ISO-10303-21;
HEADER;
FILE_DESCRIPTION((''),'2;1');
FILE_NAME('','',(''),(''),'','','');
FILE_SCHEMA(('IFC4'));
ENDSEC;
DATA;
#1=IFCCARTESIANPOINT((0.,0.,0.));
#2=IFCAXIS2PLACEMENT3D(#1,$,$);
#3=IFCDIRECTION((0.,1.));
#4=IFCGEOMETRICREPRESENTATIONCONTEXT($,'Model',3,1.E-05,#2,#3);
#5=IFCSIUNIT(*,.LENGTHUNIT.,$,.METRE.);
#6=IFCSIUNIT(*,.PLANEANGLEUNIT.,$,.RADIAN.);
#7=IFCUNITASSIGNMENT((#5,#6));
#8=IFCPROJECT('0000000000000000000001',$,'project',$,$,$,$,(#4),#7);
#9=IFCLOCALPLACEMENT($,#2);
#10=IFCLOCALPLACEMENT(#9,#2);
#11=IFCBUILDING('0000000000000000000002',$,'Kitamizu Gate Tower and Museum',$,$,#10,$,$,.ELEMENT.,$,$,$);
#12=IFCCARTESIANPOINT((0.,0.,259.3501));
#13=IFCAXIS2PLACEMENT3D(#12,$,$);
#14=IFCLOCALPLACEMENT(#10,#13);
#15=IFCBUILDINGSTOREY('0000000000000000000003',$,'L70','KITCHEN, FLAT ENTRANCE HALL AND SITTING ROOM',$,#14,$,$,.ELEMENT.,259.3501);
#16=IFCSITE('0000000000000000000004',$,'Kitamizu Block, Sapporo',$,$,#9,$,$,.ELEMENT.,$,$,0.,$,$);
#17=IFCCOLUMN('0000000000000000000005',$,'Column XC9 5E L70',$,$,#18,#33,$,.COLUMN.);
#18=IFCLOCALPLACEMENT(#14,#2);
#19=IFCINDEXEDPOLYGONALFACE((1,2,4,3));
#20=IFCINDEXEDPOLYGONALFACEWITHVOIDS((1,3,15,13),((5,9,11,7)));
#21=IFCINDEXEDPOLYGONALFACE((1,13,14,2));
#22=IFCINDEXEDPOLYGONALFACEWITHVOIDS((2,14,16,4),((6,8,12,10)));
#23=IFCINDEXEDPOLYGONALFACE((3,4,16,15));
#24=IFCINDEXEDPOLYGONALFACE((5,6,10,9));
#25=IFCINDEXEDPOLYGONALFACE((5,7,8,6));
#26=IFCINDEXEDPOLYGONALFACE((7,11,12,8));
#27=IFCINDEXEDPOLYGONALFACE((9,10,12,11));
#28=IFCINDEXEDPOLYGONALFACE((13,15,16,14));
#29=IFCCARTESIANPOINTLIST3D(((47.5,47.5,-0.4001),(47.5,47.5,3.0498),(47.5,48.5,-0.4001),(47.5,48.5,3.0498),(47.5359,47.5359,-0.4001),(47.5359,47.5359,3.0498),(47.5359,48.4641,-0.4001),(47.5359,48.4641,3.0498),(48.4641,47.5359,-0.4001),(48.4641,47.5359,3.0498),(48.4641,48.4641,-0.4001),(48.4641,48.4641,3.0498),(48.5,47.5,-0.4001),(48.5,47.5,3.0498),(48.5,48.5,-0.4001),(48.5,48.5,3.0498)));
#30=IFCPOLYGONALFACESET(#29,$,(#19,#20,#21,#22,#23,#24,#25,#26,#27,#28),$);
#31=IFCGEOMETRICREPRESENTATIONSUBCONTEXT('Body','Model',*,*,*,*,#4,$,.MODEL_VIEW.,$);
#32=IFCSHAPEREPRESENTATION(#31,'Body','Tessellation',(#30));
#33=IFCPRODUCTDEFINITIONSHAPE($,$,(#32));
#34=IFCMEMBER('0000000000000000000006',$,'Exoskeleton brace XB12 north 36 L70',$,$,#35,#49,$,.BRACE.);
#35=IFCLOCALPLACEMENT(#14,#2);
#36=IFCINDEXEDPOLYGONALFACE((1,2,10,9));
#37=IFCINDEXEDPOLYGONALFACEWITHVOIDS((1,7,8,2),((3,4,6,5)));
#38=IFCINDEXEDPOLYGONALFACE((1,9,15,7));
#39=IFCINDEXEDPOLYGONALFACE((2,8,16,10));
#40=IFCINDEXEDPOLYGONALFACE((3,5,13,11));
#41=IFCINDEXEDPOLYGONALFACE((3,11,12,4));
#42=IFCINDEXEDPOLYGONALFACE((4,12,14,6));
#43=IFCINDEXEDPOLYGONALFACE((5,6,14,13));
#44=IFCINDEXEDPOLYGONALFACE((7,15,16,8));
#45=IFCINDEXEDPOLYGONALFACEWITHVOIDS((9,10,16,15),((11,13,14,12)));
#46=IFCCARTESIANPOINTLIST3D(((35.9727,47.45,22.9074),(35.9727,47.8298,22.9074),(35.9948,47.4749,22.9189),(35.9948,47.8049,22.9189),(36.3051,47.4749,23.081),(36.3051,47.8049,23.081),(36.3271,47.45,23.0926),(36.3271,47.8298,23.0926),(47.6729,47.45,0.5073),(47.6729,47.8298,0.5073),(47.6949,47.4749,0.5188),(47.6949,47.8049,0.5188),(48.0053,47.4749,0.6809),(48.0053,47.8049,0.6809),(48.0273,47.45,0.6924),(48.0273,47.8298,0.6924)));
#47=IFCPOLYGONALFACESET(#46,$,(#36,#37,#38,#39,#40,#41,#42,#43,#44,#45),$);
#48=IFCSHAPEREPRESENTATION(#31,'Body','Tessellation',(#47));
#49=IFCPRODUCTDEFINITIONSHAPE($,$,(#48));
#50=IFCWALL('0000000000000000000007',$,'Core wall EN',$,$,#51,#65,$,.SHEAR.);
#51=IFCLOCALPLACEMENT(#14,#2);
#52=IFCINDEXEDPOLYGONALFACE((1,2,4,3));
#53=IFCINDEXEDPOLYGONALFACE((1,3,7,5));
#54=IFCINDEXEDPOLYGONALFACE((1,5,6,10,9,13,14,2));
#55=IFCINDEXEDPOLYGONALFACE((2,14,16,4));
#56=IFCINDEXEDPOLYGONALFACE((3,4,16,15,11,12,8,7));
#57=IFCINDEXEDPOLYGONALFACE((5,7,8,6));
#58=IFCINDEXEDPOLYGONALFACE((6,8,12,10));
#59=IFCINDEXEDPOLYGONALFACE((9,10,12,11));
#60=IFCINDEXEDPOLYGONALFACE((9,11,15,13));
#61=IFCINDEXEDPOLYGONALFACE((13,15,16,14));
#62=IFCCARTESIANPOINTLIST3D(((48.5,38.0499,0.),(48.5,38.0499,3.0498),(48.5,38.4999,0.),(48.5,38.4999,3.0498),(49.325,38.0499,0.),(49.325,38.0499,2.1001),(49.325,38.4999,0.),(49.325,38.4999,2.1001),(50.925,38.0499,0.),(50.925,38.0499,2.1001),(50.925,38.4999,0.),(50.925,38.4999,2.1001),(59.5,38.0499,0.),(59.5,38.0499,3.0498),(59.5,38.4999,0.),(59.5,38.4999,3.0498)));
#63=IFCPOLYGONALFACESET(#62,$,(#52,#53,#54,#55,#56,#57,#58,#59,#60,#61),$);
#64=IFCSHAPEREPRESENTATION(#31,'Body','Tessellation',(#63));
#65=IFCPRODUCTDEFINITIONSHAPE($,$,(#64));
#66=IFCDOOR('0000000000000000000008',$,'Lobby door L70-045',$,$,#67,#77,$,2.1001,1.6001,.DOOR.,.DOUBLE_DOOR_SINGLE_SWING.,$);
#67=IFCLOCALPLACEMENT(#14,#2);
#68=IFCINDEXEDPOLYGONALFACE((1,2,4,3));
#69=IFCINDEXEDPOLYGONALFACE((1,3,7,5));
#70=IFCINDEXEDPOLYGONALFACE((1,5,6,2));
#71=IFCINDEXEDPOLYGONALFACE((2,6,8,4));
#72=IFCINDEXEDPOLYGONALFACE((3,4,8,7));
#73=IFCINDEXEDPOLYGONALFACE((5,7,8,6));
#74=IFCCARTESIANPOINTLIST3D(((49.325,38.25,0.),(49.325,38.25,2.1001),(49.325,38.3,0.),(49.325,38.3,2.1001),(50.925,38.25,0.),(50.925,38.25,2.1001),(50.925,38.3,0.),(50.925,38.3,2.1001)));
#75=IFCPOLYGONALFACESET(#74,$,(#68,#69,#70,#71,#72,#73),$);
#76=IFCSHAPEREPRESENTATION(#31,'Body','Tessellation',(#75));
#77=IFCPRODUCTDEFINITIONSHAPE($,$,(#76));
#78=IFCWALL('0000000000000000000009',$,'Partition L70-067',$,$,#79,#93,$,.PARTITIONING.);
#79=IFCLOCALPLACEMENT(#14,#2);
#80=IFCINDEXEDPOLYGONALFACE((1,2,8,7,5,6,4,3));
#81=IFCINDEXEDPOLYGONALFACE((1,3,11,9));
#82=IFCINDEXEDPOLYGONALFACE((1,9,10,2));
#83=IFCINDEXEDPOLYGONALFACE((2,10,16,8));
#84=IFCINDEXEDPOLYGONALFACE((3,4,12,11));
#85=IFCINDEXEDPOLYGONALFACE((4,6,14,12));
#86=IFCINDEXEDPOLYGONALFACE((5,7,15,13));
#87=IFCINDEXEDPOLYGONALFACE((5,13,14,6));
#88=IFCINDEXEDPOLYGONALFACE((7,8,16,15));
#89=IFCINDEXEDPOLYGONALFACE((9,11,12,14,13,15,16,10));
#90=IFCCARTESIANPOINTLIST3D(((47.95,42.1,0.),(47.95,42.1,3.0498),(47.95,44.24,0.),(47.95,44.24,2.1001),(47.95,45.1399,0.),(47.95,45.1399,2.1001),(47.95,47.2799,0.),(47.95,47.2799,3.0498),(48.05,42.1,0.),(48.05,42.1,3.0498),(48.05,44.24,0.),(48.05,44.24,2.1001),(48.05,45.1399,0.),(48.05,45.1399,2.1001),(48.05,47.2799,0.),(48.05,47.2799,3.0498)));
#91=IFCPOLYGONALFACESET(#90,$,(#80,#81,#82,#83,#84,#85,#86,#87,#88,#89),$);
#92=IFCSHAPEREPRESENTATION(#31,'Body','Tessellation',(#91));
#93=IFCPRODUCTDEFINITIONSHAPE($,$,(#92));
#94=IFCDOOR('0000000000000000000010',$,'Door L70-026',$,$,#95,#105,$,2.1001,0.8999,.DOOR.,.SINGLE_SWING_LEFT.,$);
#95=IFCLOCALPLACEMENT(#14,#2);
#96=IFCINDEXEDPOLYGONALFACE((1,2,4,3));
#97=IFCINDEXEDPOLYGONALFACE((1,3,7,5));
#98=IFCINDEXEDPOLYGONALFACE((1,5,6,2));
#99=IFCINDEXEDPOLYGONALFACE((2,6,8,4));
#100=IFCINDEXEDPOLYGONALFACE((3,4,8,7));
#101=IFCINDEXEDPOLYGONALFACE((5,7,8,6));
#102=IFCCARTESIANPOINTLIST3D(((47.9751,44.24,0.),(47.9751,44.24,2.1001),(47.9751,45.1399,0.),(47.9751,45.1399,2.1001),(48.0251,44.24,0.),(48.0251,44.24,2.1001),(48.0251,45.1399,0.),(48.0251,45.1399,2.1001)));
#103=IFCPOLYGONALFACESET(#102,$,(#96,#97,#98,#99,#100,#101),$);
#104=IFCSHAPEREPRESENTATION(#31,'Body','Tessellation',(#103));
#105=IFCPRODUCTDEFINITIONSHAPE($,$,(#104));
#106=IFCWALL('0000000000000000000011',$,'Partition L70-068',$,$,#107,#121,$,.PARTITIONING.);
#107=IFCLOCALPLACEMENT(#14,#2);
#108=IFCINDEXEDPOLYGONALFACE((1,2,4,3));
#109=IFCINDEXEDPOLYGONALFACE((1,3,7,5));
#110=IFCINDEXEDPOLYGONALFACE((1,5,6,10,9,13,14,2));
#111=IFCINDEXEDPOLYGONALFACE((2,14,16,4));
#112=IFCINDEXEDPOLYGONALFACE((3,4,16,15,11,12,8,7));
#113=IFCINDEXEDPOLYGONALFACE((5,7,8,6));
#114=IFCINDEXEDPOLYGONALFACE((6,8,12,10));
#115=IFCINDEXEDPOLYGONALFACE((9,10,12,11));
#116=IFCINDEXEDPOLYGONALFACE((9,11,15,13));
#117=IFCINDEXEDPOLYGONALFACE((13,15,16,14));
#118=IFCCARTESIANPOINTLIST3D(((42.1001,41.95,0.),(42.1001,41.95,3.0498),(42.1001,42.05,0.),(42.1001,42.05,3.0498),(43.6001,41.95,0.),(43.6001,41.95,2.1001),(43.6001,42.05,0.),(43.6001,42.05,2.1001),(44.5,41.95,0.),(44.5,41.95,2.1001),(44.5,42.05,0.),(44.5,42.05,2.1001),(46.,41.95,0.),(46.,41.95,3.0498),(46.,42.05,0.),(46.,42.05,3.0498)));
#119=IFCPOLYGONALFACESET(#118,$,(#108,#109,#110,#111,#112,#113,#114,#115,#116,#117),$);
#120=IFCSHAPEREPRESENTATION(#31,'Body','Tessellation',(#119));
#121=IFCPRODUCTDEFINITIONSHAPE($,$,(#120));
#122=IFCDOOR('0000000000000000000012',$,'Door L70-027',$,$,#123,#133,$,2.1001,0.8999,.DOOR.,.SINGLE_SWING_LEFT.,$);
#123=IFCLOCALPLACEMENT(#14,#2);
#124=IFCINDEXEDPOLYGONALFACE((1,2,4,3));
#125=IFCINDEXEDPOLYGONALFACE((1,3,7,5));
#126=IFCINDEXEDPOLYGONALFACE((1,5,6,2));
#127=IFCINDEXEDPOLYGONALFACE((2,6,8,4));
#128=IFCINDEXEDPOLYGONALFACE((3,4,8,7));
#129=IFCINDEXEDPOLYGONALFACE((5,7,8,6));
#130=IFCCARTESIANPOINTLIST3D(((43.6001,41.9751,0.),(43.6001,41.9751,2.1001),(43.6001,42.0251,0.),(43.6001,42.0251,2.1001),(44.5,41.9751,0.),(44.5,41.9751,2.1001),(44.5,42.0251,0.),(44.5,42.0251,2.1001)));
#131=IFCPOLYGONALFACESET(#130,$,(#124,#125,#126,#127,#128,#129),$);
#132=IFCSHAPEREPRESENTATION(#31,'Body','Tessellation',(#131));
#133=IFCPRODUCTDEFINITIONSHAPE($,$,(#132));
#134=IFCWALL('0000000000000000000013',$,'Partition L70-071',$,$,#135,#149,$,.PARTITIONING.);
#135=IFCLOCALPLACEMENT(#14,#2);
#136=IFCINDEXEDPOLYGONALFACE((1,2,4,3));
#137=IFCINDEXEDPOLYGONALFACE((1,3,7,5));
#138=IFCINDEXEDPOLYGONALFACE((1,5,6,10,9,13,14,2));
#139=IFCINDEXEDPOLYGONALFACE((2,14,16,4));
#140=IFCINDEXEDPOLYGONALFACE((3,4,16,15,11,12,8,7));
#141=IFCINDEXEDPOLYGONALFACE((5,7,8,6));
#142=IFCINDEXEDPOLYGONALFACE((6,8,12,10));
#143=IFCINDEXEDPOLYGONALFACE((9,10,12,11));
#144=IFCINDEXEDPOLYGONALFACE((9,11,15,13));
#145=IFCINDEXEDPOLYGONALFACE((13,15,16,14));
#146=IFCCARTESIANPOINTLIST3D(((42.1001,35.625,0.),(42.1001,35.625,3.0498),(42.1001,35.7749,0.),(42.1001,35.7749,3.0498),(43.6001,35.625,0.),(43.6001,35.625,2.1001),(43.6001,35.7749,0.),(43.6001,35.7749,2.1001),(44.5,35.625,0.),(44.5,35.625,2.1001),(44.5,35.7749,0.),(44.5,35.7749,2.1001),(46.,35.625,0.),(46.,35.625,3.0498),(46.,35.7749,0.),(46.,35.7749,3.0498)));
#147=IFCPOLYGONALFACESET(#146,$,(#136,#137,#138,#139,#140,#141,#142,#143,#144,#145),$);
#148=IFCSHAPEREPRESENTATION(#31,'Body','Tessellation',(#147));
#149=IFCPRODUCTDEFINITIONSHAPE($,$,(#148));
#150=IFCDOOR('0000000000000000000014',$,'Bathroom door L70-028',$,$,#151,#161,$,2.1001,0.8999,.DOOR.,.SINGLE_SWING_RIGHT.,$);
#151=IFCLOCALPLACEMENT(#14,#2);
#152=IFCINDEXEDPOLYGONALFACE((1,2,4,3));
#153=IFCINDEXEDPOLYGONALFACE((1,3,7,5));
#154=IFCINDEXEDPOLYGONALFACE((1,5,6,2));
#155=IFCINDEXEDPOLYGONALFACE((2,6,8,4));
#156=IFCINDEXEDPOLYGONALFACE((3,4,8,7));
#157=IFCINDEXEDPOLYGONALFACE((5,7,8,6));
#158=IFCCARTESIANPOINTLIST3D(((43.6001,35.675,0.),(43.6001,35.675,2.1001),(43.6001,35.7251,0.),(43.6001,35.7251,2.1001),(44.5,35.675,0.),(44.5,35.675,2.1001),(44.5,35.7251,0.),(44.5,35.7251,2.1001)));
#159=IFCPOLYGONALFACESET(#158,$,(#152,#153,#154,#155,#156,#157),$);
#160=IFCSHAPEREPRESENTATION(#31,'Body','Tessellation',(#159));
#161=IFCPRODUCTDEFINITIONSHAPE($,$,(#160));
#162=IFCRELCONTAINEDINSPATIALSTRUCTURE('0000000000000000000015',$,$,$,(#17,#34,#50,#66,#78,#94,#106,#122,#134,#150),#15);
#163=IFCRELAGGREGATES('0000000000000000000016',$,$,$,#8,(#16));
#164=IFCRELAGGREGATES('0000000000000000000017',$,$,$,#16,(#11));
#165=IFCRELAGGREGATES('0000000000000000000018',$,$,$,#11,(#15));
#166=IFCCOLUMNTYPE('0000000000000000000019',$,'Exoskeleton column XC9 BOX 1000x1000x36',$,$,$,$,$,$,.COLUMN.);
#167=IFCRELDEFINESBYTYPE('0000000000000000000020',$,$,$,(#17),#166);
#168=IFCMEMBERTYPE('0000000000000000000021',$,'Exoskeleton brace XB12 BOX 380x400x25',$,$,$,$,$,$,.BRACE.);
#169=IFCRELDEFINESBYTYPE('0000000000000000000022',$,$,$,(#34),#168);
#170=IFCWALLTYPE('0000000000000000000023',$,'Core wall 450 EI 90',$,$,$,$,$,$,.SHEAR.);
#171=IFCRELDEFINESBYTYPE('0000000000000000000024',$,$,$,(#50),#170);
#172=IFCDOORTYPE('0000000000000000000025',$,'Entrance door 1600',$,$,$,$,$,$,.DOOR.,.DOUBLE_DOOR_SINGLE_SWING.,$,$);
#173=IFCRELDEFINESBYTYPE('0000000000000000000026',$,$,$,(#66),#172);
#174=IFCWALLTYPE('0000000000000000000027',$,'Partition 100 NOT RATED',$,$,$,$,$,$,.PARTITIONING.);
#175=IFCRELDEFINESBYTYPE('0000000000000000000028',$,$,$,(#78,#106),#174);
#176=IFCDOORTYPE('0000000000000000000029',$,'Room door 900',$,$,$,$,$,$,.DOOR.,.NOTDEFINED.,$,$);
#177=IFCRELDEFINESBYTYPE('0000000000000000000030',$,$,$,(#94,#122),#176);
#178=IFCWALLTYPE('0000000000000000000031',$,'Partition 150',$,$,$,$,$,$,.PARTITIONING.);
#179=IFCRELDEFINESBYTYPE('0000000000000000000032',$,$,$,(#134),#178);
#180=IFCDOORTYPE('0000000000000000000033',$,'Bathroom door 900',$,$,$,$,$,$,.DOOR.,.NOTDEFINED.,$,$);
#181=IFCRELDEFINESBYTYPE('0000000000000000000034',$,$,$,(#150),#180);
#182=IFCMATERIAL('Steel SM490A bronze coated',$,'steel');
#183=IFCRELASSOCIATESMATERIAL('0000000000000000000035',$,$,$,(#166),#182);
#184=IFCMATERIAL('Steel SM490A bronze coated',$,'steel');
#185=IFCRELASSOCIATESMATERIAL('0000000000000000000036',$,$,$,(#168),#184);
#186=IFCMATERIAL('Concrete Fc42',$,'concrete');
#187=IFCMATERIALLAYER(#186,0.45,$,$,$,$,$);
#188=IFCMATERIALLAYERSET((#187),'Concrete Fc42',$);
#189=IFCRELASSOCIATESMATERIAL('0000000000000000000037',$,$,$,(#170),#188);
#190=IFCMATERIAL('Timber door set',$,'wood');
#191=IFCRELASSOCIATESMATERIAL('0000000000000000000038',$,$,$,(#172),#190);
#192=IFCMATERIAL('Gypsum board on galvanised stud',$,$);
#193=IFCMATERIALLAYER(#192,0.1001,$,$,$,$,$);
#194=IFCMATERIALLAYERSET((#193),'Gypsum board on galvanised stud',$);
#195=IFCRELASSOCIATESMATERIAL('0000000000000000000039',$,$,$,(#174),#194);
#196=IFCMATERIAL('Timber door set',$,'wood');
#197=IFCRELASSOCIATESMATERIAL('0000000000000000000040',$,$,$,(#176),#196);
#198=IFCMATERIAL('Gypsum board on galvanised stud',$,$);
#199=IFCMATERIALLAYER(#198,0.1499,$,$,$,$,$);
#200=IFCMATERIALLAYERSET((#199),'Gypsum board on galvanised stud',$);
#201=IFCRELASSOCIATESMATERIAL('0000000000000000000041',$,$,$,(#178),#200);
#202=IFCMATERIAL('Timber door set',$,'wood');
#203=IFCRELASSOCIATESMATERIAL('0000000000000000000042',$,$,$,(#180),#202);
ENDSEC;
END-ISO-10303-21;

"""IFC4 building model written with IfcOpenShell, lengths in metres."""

from ifc_helpers import new_model, si_unit, direction, frame, frame_2d, origin, origin_2d, place, context, subcontext, project, spatial, rectangle, hollow_rectangle, extrude, material, layer, layer_set, material_profile, profile_set, type_object, element, fill, save


model = new_model("IFC4")

# Units and contexts
model_context = context("Model", 3, precision=1e-05, world=origin(), true_north=direction((0.0, 1.0)))
body_context = subcontext(model_context, "Body", "Model", "MODEL_VIEW")
ifc_project = project(units=[si_unit("LENGTHUNIT", "METRE"), si_unit("PLANEANGLEUNIT", "RADIAN")], contexts=[model_context])

# Site, building, storey
site_placement = place(None, origin())
site = spatial("IfcSite", under=ifc_project, at=site_placement, Name="Kitamizu Block, Sapporo", CompositionType="ELEMENT", RefElevation=0.0)
building_placement = place(site_placement, origin())
building = spatial("IfcBuilding", under=site, at=building_placement, Name="Kitamizu Gate Tower and Museum", CompositionType="ELEMENT")
storey_placement = place(building_placement, frame((0.0, 0.0, 259.3501)))
storey = spatial("IfcBuildingStorey", under=building, at=storey_placement, Name="L70", Description="KITCHEN, FLAT ENTRANCE HALL AND SITTING ROOM", CompositionType="ELEMENT", Elevation=259.3501)

# Column
ifc_material_1 = material(Name="Steel SM490A bronze coated", Category="steel")
ifc_material_profile_1 = material_profile(ifc_material_1, hollow_rectangle(XDim=1.0, YDim=1.0, WallThickness=0.0359, at=origin_2d()), Name="BOX 1000x1000x36")
ifc_profile_set_1 = profile_set([ifc_material_profile_1], Name="Steel SM490A bronze coated")
column_type = type_object("IfcColumnType", Name="Exoskeleton column XC9 BOX 1000x1000x36", PredefinedType="COLUMN", material=ifc_profile_set_1)
column_placement = place(storey_placement, frame((48.0, 48.0, -0.4001), z_axis=(0.0, 0.0, 1.0), x_axis=(1.0, 0.0, 0.0)))
element("IfcColumn", 1, at=column_placement, inside=storey, type_object=column_type, Name="Column XC9 5E L70", PredefinedType="COLUMN", context=body_context, shape_type="SweptSolid", body=[
    extrude(hollow_rectangle(XDim=1.0, YDim=1.0, WallThickness=0.0359, at=origin_2d()), origin(), (0.0, 0.0, 1.0), 3.45),
])

# Member
ifc_material_2 = material(Name="Steel SM490A bronze coated", Category="steel")
ifc_material_profile_2 = material_profile(ifc_material_2, hollow_rectangle(XDim=0.3799, YDim=0.3999, WallThickness=0.0249, at=origin_2d()), Name="BOX 380x400x25")
ifc_profile_set_2 = profile_set([ifc_material_profile_2], Name="Steel SM490A bronze coated")
member_type = type_object("IfcMemberType", Name="Exoskeleton brace XB12 BOX 380x400x25", PredefinedType="BRACE", material=ifc_profile_set_2)
member_placement = place(storey_placement, frame((47.8501, 47.6399, 0.5999), z_axis=(-0.462975, 0.0, 0.886371), x_axis=(0.0, -1.0, 0.0)))
element("IfcMember", 2, at=member_placement, inside=storey, type_object=member_type, Name="Exoskeleton brace XB12 north 36 L70", PredefinedType="BRACE", context=body_context, shape_type="SweptSolid", body=[
    extrude(hollow_rectangle(XDim=0.3799, YDim=0.3999, WallThickness=0.0249, at=origin_2d()), origin(), (0.0, 0.0, 1.0), 25.2717),
])

# Walls, openings, doors
ifc_material_3 = material(Name="Concrete Fc42", Category="concrete")
ifc_layer_1 = layer(ifc_material_3, 0.45)
ifc_layer_set_1 = layer_set([ifc_layer_1], Name="Concrete Fc42")
wall_type_1 = type_object("IfcWallType", Name="Core wall 450 EI 90", PredefinedType="SHEAR", material=ifc_layer_set_1)
wall_1_placement = place(storey_placement, frame((59.5, 38.2749, 0.0), z_axis=(0.0, 0.0, 1.0), x_axis=(-1.0, 0.0, 0.0)))
wall_1 = element("IfcWall", 3, at=wall_1_placement, inside=storey, type_object=wall_type_1, Name="Core wall EN", PredefinedType="SHEAR", context=body_context, shape_type="SweptSolid", body=[
    extrude(rectangle(XDim=11.0, YDim=0.45, at=frame_2d((5.5, 0.0))), origin(), (0.0, 0.0, 1.0), 3.0498),
])
opening_1_placement = place(wall_1_placement, frame((8.575, 0.0, 0.0)))
opening_1 = element("IfcOpeningElement", 4, at=opening_1_placement, cuts=wall_1, PredefinedType="OPENING", context=body_context, shape_type="SweptSolid", body=[
    extrude(rectangle(XDim=1.6001, YDim=2.1001, at=frame_2d((0.8, 1.05))), frame((0.0, 0.2349, 0.0), z_axis=(0.0, -1.0, 0.0), x_axis=(1.0, 0.0, 0.0)), (0.0, 0.0, 1.0), 0.47),
])
ifc_material_4 = material(Name="Timber door set", Category="wood")
door_type_1 = type_object("IfcDoorType", Name="Entrance door 1600", OperationType="DOUBLE_DOOR_SINGLE_SWING", PredefinedType="DOOR", material=ifc_material_4)
door_1_placement = place(opening_1_placement, origin())
door_1 = element("IfcDoor", 5, at=door_1_placement, inside=storey, type_object=door_type_1, Name="Lobby door L70-045", OperationType="DOUBLE_DOOR_SINGLE_SWING", OverallHeight=2.1001, OverallWidth=1.6001, PredefinedType="DOOR", context=body_context, shape_type="SweptSolid", body=[
    extrude(rectangle(XDim=1.6001, YDim=2.1001, at=frame_2d((0.8, 1.05))), frame((0.0, 0.0249, 0.0), z_axis=(0.0, -1.0, 0.0), x_axis=(1.0, 0.0, 0.0)), (0.0, 0.0, 1.0), 0.05),
])
fill(opening_1, door_1)
ifc_material_5 = material(Name="Gypsum board on galvanised stud")
ifc_layer_2 = layer(ifc_material_5, 0.1001)
ifc_layer_set_2 = layer_set([ifc_layer_2], Name="Gypsum board on galvanised stud")
wall_type_2 = type_object("IfcWallType", Name="Partition 100 NOT RATED", PredefinedType="PARTITIONING", material=ifc_layer_set_2)
wall_2_placement = place(storey_placement, frame((48.0, 42.1001, 0.0), z_axis=(0.0, 0.0, 1.0), x_axis=(0.0, 1.0, 0.0)))
wall_2 = element("IfcWall", 6, at=wall_2_placement, inside=storey, type_object=wall_type_2, Name="Partition L70-067", PredefinedType="PARTITIONING", context=body_context, shape_type="SweptSolid", body=[
    extrude(rectangle(XDim=5.1799, YDim=0.1001, at=frame_2d((2.5898, 0.0))), origin(), (0.0, 0.0, 1.0), 3.0498),
])
opening_2_placement = place(wall_2_placement, frame((2.1399, 0.0, 0.0)))
opening_2 = element("IfcOpeningElement", 7, at=opening_2_placement, cuts=wall_2, PredefinedType="OPENING", context=body_context, shape_type="SweptSolid", body=[
    extrude(rectangle(XDim=0.8999, YDim=2.1001, at=frame_2d((0.45, 1.05))), frame((0.0, 0.0601, 0.0), z_axis=(0.0, -1.0, 0.0), x_axis=(1.0, 0.0, 0.0)), (0.0, 0.0, 1.0), 0.1201),
])
ifc_material_6 = material(Name="Timber door set", Category="wood")
door_type_2 = type_object("IfcDoorType", Name="Room door 900", OperationType="NOTDEFINED", PredefinedType="DOOR", material=ifc_material_6)
door_2_placement = place(opening_2_placement, origin())
door_2 = element("IfcDoor", 8, at=door_2_placement, inside=storey, type_object=door_type_2, Name="Door L70-026", OperationType="SINGLE_SWING_LEFT", OverallHeight=2.1001, OverallWidth=0.8999, PredefinedType="DOOR", context=body_context, shape_type="SweptSolid", body=[
    extrude(rectangle(XDim=0.8999, YDim=2.1001, at=frame_2d((0.45, 1.05))), frame((0.0, 0.0249, 0.0), z_axis=(0.0, -1.0, 0.0), x_axis=(1.0, 0.0, 0.0)), (0.0, 0.0, 1.0), 0.05),
])
fill(opening_2, door_2)
wall_3_placement = place(storey_placement, frame((42.1001, 42.0, 0.0), z_axis=(0.0, 0.0, 1.0), x_axis=(1.0, 0.0, 0.0)))
wall_3 = element("IfcWall", 9, at=wall_3_placement, inside=storey, type_object=wall_type_2, Name="Partition L70-068", PredefinedType="PARTITIONING", context=body_context, shape_type="SweptSolid", body=[
    extrude(rectangle(XDim=3.8999, YDim=0.1001, at=frame_2d((1.95, 0.0))), origin(), (0.0, 0.0, 1.0), 3.0498),
])
opening_3_placement = place(wall_3_placement, frame((1.5, 0.0, 0.0)))
opening_3 = element("IfcOpeningElement", 10, at=opening_3_placement, cuts=wall_3, PredefinedType="OPENING", context=body_context, shape_type="SweptSolid", body=[
    extrude(rectangle(XDim=0.8999, YDim=2.1001, at=frame_2d((0.45, 1.05))), frame((0.0, 0.0601, 0.0), z_axis=(0.0, -1.0, 0.0), x_axis=(1.0, 0.0, 0.0)), (0.0, 0.0, 1.0), 0.1201),
])
door_3_placement = place(opening_3_placement, frame((0.8999, 0.0, 0.0), x_axis=(-1.0, 0.0, 0.0)))
door_3 = element("IfcDoor", 11, at=door_3_placement, inside=storey, type_object=door_type_2, Name="Door L70-027", OperationType="SINGLE_SWING_LEFT", OverallHeight=2.1001, OverallWidth=0.8999, PredefinedType="DOOR", context=body_context, shape_type="SweptSolid", body=[
    extrude(rectangle(XDim=0.8999, YDim=2.1001, at=frame_2d((0.45, 1.05))), frame((0.0, 0.0249, 0.0), z_axis=(0.0, -1.0, 0.0), x_axis=(1.0, 0.0, 0.0)), (0.0, 0.0, 1.0), 0.05),
])
fill(opening_3, door_3)
ifc_material_7 = material(Name="Gypsum board on galvanised stud")
ifc_layer_3 = layer(ifc_material_7, 0.1499)
ifc_layer_set_3 = layer_set([ifc_layer_3], Name="Gypsum board on galvanised stud")
wall_type_3 = type_object("IfcWallType", Name="Partition 150", PredefinedType="PARTITIONING", material=ifc_layer_set_3)
wall_4_placement = place(storey_placement, frame((42.1001, 35.7, 0.0), z_axis=(0.0, 0.0, 1.0), x_axis=(1.0, 0.0, 0.0)))
wall_4 = element("IfcWall", 12, at=wall_4_placement, inside=storey, type_object=wall_type_3, Name="Partition L70-071", PredefinedType="PARTITIONING", context=body_context, shape_type="SweptSolid", body=[
    extrude(rectangle(XDim=3.8999, YDim=0.1499, at=frame_2d((1.95, 0.0))), origin(), (0.0, 0.0, 1.0), 3.0498),
])
opening_4_placement = place(wall_4_placement, frame((1.5, 0.0, 0.0)))
opening_4 = element("IfcOpeningElement", 13, at=opening_4_placement, cuts=wall_4, PredefinedType="OPENING", context=body_context, shape_type="SweptSolid", body=[
    extrude(rectangle(XDim=0.8999, YDim=2.1001, at=frame_2d((0.45, 1.05))), frame((0.0, 0.085, 0.0), z_axis=(0.0, -1.0, 0.0), x_axis=(1.0, 0.0, 0.0)), (0.0, 0.0, 1.0), 0.1699),
])
ifc_material_8 = material(Name="Timber door set", Category="wood")
door_type_3 = type_object("IfcDoorType", Name="Bathroom door 900", OperationType="NOTDEFINED", PredefinedType="DOOR", material=ifc_material_8)
door_4_placement = place(opening_4_placement, frame((0.8999, 0.0, 0.0), x_axis=(-1.0, 0.0, 0.0)))
door_4 = element("IfcDoor", 14, at=door_4_placement, inside=storey, type_object=door_type_3, Name="Bathroom door L70-028", OperationType="SINGLE_SWING_RIGHT", OverallHeight=2.1001, OverallWidth=0.8999, PredefinedType="DOOR", context=body_context, shape_type="SweptSolid", body=[
    extrude(rectangle(XDim=0.8999, YDim=2.1001, at=frame_2d((0.45, 1.05))), frame((0.0, 0.0249, 0.0), z_axis=(0.0, -1.0, 0.0), x_axis=(1.0, 0.0, 0.0)), (0.0, 0.0, 1.0), 0.05),
])
fill(opening_4, door_4)

save(model, "model.ifc")
